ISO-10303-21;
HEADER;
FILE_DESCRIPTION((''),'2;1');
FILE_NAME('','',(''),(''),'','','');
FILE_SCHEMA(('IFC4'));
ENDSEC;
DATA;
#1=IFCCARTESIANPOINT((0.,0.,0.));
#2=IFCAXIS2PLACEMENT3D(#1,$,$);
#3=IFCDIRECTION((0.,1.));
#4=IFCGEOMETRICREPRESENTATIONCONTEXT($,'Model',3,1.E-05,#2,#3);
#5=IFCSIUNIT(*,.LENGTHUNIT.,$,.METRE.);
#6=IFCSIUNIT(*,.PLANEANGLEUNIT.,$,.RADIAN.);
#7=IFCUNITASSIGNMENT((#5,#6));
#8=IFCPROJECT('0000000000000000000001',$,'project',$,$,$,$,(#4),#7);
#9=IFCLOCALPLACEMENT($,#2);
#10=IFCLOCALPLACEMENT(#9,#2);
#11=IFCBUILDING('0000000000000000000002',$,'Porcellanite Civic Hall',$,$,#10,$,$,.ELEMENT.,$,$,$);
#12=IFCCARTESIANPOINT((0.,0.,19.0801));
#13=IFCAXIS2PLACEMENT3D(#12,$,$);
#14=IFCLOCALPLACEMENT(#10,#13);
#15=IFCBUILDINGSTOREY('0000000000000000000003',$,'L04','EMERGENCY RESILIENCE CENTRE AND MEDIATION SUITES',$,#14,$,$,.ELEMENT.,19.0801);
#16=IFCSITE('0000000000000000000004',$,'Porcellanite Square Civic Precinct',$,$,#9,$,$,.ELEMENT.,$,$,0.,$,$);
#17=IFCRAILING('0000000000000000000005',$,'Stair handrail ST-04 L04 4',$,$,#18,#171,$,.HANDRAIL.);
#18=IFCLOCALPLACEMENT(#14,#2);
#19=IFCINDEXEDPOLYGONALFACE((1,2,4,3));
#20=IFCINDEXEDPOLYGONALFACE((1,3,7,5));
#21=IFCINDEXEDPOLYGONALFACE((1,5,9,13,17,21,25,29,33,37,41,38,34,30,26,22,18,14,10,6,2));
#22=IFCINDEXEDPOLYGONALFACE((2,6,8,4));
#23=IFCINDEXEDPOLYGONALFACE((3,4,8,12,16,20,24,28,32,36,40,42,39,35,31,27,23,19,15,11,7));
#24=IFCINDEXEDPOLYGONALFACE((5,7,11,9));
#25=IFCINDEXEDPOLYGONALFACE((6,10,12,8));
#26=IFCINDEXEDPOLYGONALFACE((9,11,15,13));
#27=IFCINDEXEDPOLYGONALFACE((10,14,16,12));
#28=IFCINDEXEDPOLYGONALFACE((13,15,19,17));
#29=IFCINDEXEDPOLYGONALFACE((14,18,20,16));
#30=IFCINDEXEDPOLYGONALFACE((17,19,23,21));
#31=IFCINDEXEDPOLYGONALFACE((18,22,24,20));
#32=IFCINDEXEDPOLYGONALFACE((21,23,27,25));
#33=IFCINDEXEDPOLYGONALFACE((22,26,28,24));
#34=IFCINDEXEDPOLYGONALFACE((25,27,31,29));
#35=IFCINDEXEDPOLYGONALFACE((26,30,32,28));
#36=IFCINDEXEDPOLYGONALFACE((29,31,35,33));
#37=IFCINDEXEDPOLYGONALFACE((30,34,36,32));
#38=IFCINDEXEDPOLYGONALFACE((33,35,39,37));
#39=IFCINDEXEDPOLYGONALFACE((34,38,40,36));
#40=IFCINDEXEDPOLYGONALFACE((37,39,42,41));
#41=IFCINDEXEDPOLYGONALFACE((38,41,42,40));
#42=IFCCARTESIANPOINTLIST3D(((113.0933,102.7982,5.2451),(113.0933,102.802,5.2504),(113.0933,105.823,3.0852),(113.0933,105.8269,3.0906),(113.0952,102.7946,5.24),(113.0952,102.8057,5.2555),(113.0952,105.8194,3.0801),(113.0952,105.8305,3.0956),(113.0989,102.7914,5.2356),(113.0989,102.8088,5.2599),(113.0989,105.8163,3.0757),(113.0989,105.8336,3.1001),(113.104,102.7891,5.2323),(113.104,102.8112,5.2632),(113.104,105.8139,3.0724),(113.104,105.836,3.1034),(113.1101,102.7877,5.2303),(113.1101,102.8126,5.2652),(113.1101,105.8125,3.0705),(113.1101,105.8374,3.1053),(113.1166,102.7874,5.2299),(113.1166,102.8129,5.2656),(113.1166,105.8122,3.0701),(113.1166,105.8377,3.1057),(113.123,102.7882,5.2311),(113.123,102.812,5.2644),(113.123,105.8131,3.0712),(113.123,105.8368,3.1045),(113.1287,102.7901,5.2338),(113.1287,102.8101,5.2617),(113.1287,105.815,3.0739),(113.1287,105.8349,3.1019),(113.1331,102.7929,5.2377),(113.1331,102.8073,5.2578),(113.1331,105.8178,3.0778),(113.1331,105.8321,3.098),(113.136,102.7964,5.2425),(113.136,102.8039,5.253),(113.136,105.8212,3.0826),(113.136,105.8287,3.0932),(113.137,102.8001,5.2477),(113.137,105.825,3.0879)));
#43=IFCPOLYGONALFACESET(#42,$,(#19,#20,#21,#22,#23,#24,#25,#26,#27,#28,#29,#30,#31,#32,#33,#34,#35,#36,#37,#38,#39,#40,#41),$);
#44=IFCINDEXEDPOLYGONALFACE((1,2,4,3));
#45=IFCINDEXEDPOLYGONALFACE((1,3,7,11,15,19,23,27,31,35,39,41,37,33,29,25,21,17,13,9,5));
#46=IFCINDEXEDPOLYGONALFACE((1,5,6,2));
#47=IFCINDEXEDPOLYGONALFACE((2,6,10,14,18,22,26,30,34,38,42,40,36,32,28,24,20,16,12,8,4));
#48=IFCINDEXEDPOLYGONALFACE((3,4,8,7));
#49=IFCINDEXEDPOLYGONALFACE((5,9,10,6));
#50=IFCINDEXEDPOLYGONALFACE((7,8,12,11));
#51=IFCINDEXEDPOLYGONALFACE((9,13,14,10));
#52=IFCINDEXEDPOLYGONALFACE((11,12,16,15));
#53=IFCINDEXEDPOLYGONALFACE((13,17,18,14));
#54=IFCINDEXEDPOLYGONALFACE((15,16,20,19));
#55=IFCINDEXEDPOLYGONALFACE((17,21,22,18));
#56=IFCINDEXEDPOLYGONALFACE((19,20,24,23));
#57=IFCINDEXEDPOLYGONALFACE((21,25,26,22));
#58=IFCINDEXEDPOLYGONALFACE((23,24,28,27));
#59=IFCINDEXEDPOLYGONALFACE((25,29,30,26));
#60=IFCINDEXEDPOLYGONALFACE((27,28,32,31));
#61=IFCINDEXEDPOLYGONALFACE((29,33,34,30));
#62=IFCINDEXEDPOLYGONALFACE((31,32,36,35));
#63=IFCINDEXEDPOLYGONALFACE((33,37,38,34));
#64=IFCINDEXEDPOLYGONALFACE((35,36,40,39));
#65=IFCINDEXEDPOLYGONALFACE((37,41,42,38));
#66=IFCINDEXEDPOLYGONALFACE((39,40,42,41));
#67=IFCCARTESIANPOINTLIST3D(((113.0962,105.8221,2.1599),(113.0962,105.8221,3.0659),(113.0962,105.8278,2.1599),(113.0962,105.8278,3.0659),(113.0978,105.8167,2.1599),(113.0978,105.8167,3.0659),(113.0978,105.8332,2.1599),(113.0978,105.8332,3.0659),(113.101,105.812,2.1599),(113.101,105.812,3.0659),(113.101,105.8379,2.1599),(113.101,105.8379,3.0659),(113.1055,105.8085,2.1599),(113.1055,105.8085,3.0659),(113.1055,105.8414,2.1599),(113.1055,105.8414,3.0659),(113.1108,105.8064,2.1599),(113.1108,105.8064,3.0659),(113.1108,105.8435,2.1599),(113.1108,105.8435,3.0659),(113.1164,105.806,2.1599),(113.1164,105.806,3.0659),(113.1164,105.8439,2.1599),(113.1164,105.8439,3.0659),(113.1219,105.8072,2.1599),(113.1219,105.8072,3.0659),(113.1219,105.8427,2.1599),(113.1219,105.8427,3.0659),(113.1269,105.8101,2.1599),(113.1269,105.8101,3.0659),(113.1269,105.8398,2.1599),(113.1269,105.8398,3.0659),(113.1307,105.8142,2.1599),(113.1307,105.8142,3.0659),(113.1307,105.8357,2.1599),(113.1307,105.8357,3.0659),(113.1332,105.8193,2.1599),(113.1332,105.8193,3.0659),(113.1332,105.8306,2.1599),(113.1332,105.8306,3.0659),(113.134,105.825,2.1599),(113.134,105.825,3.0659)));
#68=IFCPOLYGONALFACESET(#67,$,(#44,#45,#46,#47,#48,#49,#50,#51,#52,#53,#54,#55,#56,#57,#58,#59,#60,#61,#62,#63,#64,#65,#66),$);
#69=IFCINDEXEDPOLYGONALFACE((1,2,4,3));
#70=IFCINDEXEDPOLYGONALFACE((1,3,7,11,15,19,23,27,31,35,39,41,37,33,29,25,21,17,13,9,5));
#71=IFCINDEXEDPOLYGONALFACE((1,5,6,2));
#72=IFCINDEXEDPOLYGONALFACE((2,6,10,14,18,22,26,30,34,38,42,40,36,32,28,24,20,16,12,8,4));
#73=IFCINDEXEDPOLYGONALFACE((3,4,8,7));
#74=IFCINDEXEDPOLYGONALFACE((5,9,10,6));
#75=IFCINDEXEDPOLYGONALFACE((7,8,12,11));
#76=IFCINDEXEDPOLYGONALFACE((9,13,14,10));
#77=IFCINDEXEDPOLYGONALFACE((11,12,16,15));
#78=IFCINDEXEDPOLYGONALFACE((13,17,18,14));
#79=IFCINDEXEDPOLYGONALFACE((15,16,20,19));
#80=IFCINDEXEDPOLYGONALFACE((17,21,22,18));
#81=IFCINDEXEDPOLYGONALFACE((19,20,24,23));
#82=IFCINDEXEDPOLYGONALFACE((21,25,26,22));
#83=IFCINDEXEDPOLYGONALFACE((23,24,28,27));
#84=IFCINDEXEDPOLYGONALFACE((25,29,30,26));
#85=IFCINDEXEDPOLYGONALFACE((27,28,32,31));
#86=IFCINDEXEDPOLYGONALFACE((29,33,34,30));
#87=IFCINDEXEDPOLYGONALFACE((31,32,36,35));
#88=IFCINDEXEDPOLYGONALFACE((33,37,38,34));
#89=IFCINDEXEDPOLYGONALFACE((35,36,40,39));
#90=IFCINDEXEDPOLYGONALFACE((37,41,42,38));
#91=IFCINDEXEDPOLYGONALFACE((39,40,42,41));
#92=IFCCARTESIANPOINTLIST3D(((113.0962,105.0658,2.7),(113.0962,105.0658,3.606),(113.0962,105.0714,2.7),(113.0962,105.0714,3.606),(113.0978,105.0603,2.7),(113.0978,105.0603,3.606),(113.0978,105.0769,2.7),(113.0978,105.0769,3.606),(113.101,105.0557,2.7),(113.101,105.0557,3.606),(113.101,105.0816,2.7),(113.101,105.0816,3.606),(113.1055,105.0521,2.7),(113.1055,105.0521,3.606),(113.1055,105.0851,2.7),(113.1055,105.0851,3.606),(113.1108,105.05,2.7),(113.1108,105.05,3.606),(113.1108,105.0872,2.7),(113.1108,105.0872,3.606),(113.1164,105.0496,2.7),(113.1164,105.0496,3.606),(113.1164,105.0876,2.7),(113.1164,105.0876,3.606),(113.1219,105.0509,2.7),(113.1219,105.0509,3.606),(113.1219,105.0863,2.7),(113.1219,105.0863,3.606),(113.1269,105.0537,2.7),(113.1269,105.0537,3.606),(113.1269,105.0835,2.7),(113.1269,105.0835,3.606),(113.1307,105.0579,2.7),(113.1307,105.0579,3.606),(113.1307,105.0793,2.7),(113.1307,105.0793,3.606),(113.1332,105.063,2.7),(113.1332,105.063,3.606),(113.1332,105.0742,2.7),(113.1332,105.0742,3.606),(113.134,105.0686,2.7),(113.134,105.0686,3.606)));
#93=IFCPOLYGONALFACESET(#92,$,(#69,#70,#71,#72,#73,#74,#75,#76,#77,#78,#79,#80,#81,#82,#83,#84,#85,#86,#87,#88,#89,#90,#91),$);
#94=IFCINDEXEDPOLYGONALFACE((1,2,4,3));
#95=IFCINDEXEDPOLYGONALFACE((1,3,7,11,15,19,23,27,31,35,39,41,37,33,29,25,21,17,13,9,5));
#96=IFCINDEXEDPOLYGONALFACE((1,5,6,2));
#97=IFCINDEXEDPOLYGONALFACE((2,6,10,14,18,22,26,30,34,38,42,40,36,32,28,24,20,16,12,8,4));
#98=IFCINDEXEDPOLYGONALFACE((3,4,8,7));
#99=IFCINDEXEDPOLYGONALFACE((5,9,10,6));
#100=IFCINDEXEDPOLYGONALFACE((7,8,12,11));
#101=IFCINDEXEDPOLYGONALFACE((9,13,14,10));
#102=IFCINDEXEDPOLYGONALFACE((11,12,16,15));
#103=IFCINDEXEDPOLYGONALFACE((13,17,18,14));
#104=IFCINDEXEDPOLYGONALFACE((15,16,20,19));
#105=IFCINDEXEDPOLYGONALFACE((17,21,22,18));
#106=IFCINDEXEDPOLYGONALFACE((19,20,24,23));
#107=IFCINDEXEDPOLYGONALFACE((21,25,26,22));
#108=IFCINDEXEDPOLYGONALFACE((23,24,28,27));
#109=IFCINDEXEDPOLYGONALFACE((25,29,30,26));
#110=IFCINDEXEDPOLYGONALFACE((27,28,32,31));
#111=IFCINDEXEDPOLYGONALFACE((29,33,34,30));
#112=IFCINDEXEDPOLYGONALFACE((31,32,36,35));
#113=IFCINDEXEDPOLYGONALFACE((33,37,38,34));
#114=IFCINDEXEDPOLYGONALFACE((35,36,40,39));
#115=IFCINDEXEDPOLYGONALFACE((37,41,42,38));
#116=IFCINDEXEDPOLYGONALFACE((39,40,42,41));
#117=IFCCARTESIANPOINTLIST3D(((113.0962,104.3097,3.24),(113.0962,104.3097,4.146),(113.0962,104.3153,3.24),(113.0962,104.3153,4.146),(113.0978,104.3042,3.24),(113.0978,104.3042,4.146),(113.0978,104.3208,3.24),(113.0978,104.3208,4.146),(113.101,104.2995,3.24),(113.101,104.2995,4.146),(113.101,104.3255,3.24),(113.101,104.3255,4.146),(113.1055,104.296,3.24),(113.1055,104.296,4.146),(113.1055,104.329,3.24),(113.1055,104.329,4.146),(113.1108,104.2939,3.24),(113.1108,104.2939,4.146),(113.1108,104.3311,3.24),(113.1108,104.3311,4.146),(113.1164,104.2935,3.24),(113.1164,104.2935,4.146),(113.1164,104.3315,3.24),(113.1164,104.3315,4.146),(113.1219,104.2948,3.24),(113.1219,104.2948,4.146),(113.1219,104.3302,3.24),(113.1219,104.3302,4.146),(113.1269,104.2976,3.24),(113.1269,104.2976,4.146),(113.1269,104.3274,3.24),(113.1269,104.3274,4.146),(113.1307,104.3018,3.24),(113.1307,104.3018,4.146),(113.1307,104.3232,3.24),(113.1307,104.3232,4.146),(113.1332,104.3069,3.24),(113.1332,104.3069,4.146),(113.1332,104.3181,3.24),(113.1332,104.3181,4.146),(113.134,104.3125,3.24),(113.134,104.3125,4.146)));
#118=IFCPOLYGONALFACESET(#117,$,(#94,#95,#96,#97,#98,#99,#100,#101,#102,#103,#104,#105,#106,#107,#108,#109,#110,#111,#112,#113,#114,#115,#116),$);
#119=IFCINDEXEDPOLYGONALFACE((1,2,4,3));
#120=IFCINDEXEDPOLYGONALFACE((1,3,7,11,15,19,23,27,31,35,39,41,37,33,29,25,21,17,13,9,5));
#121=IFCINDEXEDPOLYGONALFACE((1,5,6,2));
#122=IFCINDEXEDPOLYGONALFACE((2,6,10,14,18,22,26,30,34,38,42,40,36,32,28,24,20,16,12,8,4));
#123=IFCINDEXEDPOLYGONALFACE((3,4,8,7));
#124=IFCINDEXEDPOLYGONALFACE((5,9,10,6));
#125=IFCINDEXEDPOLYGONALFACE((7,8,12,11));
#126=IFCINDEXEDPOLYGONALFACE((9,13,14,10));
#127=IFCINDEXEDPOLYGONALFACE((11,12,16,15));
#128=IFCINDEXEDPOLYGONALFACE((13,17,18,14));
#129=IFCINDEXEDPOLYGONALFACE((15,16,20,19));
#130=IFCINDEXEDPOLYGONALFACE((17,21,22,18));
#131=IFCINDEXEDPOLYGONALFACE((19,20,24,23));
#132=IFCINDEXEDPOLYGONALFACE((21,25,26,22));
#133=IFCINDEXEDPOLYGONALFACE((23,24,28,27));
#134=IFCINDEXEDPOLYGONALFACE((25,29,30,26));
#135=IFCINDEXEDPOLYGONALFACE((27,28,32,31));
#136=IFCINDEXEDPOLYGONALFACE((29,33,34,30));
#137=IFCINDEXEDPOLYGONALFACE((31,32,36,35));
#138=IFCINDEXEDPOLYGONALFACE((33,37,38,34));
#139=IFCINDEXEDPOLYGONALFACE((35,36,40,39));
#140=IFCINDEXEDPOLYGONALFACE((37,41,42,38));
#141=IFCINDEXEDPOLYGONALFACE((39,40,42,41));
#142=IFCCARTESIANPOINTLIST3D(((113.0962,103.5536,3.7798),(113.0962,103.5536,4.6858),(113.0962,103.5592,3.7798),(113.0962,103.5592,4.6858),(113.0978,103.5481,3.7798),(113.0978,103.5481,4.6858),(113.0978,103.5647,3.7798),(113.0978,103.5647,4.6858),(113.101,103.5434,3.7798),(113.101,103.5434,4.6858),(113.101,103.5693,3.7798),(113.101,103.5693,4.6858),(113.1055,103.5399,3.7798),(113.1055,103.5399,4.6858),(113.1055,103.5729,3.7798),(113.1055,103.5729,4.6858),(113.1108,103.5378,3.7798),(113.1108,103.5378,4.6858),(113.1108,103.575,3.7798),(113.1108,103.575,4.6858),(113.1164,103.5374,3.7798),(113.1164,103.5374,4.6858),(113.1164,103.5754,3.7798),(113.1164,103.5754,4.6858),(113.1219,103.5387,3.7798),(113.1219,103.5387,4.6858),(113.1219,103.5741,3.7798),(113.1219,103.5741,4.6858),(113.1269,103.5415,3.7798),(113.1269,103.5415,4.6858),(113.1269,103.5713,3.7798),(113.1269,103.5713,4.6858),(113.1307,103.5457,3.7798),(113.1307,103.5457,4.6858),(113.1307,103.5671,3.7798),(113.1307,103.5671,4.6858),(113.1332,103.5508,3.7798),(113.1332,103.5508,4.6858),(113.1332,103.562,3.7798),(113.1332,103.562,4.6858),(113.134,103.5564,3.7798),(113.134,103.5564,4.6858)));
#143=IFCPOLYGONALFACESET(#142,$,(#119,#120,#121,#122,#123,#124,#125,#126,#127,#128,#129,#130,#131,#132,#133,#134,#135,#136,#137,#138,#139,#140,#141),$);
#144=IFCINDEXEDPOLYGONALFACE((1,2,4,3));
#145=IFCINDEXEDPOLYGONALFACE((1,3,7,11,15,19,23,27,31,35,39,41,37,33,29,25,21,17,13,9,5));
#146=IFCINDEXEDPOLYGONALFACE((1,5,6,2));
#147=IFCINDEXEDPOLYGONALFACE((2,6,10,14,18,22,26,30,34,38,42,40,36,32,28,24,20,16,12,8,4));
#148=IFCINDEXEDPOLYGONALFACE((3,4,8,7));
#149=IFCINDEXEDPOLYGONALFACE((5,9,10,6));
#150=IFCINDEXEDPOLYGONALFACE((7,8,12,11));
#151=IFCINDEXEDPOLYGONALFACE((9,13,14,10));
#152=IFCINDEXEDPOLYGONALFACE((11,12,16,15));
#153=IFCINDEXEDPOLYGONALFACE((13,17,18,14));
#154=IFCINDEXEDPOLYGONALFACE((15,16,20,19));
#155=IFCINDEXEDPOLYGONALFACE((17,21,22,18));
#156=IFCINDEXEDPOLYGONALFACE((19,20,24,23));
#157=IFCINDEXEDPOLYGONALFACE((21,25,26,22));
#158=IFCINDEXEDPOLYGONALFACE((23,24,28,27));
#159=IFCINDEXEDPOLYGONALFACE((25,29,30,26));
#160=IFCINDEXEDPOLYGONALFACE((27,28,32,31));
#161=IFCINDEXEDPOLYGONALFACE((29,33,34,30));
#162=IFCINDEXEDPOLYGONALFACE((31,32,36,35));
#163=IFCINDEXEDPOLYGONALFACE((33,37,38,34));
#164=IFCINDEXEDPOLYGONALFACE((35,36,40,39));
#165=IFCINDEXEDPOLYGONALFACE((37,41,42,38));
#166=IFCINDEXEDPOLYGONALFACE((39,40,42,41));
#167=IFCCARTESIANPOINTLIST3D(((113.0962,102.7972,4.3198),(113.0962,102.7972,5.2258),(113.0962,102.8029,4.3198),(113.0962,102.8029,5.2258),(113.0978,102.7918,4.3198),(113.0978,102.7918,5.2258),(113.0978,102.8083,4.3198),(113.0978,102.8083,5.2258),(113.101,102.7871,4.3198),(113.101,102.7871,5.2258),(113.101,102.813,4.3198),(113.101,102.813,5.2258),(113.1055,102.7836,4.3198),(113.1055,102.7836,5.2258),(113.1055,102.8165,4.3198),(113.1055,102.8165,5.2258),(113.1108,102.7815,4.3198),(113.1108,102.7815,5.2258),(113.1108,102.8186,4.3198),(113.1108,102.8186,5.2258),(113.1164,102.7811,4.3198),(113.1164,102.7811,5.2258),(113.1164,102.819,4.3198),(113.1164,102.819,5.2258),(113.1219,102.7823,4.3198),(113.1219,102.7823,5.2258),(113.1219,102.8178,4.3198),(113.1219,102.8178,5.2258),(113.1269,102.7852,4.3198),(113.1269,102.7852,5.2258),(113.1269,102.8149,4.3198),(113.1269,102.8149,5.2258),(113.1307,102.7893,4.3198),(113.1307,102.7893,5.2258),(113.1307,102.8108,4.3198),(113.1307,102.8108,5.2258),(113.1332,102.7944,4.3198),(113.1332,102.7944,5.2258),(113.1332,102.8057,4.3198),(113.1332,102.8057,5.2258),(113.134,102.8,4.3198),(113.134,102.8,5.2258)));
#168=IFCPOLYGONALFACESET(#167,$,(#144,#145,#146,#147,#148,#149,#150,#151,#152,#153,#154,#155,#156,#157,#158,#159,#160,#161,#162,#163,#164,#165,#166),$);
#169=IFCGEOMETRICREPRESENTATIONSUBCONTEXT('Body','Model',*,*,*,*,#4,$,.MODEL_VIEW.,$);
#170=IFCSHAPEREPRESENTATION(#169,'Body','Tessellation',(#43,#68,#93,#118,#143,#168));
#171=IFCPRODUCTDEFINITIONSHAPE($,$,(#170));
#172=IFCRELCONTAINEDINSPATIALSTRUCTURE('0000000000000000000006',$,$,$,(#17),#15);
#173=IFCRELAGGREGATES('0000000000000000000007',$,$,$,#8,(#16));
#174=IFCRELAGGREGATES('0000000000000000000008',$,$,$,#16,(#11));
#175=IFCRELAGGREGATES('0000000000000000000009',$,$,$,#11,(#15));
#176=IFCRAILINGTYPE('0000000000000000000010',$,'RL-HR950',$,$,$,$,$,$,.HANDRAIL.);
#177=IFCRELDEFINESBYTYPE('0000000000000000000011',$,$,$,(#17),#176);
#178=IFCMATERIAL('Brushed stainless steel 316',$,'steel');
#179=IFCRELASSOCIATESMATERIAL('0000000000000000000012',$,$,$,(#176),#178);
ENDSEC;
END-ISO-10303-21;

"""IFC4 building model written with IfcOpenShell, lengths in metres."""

from ifc_helpers import new_model, si_unit, direction, frame, origin, origin_2d, place, context, subcontext, project, spatial, circle, extrude, material, type_object, element, save


model = new_model("IFC4")

# Units and contexts
model_context = context("Model", 3, precision=1e-05, world=origin(), true_north=direction((0.0, 1.0)))
body_context = subcontext(model_context, "Body", "Model", "MODEL_VIEW")
ifc_project = project(units=[si_unit("LENGTHUNIT", "METRE"), si_unit("PLANEANGLEUNIT", "RADIAN")], contexts=[model_context])

# Site, building, storey
site_placement = place(None, origin())
site = spatial("IfcSite", under=ifc_project, at=site_placement, Name="Porcellanite Square Civic Precinct", CompositionType="ELEMENT", RefElevation=0.0)
building_placement = place(site_placement, origin())
building = spatial("IfcBuilding", under=site, at=building_placement, Name="Porcellanite Civic Hall", CompositionType="ELEMENT")
storey_placement = place(building_placement, frame((0.0, 0.0, 19.0801)))
storey = spatial("IfcBuildingStorey", under=building, at=storey_placement, Name="L04", Description="EMERGENCY RESILIENCE CENTRE AND MEDIATION SUITES", CompositionType="ELEMENT", Elevation=19.0801)

# Railing
ifc_material_1 = material(Name="Brushed stainless steel 316", Category="steel")
railing_type_1 = type_object("IfcRailingType", Name="RL-HR950", PredefinedType="HANDRAIL", material=ifc_material_1)
railing_1_placement = place(storey_placement, frame((113.115, 105.825, 2.1599)))
element("IfcRailing", 1, at=railing_1_placement, inside=storey, type_object=railing_type_1, Name="Stair handrail ST-04 L04 4", PredefinedType="HANDRAIL", context=body_context, shape_type="SweptSolid", body=[
    extrude(circle(Radius=0.022, at=origin_2d()), frame((0.0, 0.0, 0.928), z_axis=(0.0, -0.813827, 0.581108), x_axis=(1.0, 0.0, 0.0)), (0.0, 0.0, 1.0), 3.7168),
    extrude(circle(Radius=0.019, at=origin_2d()), origin(), (0.0, 0.0, 1.0), 0.906),
    extrude(circle(Radius=0.019, at=origin_2d()), frame((0.0, -0.7563, 0.54)), (0.0, 0.0, 1.0), 0.906),
    extrude(circle(Radius=0.019, at=origin_2d()), frame((0.0, -1.5125, 1.0801)), (0.0, 0.0, 1.0), 0.906),
    extrude(circle(Radius=0.019, at=origin_2d()), frame((0.0, -2.2686, 1.6199)), (0.0, 0.0, 1.0), 0.906),
    extrude(circle(Radius=0.019, at=origin_2d()), frame((0.0, -3.0249, 2.1599)), (0.0, 0.0, 1.0), 0.906),
])

save(model, "model.ifc")
